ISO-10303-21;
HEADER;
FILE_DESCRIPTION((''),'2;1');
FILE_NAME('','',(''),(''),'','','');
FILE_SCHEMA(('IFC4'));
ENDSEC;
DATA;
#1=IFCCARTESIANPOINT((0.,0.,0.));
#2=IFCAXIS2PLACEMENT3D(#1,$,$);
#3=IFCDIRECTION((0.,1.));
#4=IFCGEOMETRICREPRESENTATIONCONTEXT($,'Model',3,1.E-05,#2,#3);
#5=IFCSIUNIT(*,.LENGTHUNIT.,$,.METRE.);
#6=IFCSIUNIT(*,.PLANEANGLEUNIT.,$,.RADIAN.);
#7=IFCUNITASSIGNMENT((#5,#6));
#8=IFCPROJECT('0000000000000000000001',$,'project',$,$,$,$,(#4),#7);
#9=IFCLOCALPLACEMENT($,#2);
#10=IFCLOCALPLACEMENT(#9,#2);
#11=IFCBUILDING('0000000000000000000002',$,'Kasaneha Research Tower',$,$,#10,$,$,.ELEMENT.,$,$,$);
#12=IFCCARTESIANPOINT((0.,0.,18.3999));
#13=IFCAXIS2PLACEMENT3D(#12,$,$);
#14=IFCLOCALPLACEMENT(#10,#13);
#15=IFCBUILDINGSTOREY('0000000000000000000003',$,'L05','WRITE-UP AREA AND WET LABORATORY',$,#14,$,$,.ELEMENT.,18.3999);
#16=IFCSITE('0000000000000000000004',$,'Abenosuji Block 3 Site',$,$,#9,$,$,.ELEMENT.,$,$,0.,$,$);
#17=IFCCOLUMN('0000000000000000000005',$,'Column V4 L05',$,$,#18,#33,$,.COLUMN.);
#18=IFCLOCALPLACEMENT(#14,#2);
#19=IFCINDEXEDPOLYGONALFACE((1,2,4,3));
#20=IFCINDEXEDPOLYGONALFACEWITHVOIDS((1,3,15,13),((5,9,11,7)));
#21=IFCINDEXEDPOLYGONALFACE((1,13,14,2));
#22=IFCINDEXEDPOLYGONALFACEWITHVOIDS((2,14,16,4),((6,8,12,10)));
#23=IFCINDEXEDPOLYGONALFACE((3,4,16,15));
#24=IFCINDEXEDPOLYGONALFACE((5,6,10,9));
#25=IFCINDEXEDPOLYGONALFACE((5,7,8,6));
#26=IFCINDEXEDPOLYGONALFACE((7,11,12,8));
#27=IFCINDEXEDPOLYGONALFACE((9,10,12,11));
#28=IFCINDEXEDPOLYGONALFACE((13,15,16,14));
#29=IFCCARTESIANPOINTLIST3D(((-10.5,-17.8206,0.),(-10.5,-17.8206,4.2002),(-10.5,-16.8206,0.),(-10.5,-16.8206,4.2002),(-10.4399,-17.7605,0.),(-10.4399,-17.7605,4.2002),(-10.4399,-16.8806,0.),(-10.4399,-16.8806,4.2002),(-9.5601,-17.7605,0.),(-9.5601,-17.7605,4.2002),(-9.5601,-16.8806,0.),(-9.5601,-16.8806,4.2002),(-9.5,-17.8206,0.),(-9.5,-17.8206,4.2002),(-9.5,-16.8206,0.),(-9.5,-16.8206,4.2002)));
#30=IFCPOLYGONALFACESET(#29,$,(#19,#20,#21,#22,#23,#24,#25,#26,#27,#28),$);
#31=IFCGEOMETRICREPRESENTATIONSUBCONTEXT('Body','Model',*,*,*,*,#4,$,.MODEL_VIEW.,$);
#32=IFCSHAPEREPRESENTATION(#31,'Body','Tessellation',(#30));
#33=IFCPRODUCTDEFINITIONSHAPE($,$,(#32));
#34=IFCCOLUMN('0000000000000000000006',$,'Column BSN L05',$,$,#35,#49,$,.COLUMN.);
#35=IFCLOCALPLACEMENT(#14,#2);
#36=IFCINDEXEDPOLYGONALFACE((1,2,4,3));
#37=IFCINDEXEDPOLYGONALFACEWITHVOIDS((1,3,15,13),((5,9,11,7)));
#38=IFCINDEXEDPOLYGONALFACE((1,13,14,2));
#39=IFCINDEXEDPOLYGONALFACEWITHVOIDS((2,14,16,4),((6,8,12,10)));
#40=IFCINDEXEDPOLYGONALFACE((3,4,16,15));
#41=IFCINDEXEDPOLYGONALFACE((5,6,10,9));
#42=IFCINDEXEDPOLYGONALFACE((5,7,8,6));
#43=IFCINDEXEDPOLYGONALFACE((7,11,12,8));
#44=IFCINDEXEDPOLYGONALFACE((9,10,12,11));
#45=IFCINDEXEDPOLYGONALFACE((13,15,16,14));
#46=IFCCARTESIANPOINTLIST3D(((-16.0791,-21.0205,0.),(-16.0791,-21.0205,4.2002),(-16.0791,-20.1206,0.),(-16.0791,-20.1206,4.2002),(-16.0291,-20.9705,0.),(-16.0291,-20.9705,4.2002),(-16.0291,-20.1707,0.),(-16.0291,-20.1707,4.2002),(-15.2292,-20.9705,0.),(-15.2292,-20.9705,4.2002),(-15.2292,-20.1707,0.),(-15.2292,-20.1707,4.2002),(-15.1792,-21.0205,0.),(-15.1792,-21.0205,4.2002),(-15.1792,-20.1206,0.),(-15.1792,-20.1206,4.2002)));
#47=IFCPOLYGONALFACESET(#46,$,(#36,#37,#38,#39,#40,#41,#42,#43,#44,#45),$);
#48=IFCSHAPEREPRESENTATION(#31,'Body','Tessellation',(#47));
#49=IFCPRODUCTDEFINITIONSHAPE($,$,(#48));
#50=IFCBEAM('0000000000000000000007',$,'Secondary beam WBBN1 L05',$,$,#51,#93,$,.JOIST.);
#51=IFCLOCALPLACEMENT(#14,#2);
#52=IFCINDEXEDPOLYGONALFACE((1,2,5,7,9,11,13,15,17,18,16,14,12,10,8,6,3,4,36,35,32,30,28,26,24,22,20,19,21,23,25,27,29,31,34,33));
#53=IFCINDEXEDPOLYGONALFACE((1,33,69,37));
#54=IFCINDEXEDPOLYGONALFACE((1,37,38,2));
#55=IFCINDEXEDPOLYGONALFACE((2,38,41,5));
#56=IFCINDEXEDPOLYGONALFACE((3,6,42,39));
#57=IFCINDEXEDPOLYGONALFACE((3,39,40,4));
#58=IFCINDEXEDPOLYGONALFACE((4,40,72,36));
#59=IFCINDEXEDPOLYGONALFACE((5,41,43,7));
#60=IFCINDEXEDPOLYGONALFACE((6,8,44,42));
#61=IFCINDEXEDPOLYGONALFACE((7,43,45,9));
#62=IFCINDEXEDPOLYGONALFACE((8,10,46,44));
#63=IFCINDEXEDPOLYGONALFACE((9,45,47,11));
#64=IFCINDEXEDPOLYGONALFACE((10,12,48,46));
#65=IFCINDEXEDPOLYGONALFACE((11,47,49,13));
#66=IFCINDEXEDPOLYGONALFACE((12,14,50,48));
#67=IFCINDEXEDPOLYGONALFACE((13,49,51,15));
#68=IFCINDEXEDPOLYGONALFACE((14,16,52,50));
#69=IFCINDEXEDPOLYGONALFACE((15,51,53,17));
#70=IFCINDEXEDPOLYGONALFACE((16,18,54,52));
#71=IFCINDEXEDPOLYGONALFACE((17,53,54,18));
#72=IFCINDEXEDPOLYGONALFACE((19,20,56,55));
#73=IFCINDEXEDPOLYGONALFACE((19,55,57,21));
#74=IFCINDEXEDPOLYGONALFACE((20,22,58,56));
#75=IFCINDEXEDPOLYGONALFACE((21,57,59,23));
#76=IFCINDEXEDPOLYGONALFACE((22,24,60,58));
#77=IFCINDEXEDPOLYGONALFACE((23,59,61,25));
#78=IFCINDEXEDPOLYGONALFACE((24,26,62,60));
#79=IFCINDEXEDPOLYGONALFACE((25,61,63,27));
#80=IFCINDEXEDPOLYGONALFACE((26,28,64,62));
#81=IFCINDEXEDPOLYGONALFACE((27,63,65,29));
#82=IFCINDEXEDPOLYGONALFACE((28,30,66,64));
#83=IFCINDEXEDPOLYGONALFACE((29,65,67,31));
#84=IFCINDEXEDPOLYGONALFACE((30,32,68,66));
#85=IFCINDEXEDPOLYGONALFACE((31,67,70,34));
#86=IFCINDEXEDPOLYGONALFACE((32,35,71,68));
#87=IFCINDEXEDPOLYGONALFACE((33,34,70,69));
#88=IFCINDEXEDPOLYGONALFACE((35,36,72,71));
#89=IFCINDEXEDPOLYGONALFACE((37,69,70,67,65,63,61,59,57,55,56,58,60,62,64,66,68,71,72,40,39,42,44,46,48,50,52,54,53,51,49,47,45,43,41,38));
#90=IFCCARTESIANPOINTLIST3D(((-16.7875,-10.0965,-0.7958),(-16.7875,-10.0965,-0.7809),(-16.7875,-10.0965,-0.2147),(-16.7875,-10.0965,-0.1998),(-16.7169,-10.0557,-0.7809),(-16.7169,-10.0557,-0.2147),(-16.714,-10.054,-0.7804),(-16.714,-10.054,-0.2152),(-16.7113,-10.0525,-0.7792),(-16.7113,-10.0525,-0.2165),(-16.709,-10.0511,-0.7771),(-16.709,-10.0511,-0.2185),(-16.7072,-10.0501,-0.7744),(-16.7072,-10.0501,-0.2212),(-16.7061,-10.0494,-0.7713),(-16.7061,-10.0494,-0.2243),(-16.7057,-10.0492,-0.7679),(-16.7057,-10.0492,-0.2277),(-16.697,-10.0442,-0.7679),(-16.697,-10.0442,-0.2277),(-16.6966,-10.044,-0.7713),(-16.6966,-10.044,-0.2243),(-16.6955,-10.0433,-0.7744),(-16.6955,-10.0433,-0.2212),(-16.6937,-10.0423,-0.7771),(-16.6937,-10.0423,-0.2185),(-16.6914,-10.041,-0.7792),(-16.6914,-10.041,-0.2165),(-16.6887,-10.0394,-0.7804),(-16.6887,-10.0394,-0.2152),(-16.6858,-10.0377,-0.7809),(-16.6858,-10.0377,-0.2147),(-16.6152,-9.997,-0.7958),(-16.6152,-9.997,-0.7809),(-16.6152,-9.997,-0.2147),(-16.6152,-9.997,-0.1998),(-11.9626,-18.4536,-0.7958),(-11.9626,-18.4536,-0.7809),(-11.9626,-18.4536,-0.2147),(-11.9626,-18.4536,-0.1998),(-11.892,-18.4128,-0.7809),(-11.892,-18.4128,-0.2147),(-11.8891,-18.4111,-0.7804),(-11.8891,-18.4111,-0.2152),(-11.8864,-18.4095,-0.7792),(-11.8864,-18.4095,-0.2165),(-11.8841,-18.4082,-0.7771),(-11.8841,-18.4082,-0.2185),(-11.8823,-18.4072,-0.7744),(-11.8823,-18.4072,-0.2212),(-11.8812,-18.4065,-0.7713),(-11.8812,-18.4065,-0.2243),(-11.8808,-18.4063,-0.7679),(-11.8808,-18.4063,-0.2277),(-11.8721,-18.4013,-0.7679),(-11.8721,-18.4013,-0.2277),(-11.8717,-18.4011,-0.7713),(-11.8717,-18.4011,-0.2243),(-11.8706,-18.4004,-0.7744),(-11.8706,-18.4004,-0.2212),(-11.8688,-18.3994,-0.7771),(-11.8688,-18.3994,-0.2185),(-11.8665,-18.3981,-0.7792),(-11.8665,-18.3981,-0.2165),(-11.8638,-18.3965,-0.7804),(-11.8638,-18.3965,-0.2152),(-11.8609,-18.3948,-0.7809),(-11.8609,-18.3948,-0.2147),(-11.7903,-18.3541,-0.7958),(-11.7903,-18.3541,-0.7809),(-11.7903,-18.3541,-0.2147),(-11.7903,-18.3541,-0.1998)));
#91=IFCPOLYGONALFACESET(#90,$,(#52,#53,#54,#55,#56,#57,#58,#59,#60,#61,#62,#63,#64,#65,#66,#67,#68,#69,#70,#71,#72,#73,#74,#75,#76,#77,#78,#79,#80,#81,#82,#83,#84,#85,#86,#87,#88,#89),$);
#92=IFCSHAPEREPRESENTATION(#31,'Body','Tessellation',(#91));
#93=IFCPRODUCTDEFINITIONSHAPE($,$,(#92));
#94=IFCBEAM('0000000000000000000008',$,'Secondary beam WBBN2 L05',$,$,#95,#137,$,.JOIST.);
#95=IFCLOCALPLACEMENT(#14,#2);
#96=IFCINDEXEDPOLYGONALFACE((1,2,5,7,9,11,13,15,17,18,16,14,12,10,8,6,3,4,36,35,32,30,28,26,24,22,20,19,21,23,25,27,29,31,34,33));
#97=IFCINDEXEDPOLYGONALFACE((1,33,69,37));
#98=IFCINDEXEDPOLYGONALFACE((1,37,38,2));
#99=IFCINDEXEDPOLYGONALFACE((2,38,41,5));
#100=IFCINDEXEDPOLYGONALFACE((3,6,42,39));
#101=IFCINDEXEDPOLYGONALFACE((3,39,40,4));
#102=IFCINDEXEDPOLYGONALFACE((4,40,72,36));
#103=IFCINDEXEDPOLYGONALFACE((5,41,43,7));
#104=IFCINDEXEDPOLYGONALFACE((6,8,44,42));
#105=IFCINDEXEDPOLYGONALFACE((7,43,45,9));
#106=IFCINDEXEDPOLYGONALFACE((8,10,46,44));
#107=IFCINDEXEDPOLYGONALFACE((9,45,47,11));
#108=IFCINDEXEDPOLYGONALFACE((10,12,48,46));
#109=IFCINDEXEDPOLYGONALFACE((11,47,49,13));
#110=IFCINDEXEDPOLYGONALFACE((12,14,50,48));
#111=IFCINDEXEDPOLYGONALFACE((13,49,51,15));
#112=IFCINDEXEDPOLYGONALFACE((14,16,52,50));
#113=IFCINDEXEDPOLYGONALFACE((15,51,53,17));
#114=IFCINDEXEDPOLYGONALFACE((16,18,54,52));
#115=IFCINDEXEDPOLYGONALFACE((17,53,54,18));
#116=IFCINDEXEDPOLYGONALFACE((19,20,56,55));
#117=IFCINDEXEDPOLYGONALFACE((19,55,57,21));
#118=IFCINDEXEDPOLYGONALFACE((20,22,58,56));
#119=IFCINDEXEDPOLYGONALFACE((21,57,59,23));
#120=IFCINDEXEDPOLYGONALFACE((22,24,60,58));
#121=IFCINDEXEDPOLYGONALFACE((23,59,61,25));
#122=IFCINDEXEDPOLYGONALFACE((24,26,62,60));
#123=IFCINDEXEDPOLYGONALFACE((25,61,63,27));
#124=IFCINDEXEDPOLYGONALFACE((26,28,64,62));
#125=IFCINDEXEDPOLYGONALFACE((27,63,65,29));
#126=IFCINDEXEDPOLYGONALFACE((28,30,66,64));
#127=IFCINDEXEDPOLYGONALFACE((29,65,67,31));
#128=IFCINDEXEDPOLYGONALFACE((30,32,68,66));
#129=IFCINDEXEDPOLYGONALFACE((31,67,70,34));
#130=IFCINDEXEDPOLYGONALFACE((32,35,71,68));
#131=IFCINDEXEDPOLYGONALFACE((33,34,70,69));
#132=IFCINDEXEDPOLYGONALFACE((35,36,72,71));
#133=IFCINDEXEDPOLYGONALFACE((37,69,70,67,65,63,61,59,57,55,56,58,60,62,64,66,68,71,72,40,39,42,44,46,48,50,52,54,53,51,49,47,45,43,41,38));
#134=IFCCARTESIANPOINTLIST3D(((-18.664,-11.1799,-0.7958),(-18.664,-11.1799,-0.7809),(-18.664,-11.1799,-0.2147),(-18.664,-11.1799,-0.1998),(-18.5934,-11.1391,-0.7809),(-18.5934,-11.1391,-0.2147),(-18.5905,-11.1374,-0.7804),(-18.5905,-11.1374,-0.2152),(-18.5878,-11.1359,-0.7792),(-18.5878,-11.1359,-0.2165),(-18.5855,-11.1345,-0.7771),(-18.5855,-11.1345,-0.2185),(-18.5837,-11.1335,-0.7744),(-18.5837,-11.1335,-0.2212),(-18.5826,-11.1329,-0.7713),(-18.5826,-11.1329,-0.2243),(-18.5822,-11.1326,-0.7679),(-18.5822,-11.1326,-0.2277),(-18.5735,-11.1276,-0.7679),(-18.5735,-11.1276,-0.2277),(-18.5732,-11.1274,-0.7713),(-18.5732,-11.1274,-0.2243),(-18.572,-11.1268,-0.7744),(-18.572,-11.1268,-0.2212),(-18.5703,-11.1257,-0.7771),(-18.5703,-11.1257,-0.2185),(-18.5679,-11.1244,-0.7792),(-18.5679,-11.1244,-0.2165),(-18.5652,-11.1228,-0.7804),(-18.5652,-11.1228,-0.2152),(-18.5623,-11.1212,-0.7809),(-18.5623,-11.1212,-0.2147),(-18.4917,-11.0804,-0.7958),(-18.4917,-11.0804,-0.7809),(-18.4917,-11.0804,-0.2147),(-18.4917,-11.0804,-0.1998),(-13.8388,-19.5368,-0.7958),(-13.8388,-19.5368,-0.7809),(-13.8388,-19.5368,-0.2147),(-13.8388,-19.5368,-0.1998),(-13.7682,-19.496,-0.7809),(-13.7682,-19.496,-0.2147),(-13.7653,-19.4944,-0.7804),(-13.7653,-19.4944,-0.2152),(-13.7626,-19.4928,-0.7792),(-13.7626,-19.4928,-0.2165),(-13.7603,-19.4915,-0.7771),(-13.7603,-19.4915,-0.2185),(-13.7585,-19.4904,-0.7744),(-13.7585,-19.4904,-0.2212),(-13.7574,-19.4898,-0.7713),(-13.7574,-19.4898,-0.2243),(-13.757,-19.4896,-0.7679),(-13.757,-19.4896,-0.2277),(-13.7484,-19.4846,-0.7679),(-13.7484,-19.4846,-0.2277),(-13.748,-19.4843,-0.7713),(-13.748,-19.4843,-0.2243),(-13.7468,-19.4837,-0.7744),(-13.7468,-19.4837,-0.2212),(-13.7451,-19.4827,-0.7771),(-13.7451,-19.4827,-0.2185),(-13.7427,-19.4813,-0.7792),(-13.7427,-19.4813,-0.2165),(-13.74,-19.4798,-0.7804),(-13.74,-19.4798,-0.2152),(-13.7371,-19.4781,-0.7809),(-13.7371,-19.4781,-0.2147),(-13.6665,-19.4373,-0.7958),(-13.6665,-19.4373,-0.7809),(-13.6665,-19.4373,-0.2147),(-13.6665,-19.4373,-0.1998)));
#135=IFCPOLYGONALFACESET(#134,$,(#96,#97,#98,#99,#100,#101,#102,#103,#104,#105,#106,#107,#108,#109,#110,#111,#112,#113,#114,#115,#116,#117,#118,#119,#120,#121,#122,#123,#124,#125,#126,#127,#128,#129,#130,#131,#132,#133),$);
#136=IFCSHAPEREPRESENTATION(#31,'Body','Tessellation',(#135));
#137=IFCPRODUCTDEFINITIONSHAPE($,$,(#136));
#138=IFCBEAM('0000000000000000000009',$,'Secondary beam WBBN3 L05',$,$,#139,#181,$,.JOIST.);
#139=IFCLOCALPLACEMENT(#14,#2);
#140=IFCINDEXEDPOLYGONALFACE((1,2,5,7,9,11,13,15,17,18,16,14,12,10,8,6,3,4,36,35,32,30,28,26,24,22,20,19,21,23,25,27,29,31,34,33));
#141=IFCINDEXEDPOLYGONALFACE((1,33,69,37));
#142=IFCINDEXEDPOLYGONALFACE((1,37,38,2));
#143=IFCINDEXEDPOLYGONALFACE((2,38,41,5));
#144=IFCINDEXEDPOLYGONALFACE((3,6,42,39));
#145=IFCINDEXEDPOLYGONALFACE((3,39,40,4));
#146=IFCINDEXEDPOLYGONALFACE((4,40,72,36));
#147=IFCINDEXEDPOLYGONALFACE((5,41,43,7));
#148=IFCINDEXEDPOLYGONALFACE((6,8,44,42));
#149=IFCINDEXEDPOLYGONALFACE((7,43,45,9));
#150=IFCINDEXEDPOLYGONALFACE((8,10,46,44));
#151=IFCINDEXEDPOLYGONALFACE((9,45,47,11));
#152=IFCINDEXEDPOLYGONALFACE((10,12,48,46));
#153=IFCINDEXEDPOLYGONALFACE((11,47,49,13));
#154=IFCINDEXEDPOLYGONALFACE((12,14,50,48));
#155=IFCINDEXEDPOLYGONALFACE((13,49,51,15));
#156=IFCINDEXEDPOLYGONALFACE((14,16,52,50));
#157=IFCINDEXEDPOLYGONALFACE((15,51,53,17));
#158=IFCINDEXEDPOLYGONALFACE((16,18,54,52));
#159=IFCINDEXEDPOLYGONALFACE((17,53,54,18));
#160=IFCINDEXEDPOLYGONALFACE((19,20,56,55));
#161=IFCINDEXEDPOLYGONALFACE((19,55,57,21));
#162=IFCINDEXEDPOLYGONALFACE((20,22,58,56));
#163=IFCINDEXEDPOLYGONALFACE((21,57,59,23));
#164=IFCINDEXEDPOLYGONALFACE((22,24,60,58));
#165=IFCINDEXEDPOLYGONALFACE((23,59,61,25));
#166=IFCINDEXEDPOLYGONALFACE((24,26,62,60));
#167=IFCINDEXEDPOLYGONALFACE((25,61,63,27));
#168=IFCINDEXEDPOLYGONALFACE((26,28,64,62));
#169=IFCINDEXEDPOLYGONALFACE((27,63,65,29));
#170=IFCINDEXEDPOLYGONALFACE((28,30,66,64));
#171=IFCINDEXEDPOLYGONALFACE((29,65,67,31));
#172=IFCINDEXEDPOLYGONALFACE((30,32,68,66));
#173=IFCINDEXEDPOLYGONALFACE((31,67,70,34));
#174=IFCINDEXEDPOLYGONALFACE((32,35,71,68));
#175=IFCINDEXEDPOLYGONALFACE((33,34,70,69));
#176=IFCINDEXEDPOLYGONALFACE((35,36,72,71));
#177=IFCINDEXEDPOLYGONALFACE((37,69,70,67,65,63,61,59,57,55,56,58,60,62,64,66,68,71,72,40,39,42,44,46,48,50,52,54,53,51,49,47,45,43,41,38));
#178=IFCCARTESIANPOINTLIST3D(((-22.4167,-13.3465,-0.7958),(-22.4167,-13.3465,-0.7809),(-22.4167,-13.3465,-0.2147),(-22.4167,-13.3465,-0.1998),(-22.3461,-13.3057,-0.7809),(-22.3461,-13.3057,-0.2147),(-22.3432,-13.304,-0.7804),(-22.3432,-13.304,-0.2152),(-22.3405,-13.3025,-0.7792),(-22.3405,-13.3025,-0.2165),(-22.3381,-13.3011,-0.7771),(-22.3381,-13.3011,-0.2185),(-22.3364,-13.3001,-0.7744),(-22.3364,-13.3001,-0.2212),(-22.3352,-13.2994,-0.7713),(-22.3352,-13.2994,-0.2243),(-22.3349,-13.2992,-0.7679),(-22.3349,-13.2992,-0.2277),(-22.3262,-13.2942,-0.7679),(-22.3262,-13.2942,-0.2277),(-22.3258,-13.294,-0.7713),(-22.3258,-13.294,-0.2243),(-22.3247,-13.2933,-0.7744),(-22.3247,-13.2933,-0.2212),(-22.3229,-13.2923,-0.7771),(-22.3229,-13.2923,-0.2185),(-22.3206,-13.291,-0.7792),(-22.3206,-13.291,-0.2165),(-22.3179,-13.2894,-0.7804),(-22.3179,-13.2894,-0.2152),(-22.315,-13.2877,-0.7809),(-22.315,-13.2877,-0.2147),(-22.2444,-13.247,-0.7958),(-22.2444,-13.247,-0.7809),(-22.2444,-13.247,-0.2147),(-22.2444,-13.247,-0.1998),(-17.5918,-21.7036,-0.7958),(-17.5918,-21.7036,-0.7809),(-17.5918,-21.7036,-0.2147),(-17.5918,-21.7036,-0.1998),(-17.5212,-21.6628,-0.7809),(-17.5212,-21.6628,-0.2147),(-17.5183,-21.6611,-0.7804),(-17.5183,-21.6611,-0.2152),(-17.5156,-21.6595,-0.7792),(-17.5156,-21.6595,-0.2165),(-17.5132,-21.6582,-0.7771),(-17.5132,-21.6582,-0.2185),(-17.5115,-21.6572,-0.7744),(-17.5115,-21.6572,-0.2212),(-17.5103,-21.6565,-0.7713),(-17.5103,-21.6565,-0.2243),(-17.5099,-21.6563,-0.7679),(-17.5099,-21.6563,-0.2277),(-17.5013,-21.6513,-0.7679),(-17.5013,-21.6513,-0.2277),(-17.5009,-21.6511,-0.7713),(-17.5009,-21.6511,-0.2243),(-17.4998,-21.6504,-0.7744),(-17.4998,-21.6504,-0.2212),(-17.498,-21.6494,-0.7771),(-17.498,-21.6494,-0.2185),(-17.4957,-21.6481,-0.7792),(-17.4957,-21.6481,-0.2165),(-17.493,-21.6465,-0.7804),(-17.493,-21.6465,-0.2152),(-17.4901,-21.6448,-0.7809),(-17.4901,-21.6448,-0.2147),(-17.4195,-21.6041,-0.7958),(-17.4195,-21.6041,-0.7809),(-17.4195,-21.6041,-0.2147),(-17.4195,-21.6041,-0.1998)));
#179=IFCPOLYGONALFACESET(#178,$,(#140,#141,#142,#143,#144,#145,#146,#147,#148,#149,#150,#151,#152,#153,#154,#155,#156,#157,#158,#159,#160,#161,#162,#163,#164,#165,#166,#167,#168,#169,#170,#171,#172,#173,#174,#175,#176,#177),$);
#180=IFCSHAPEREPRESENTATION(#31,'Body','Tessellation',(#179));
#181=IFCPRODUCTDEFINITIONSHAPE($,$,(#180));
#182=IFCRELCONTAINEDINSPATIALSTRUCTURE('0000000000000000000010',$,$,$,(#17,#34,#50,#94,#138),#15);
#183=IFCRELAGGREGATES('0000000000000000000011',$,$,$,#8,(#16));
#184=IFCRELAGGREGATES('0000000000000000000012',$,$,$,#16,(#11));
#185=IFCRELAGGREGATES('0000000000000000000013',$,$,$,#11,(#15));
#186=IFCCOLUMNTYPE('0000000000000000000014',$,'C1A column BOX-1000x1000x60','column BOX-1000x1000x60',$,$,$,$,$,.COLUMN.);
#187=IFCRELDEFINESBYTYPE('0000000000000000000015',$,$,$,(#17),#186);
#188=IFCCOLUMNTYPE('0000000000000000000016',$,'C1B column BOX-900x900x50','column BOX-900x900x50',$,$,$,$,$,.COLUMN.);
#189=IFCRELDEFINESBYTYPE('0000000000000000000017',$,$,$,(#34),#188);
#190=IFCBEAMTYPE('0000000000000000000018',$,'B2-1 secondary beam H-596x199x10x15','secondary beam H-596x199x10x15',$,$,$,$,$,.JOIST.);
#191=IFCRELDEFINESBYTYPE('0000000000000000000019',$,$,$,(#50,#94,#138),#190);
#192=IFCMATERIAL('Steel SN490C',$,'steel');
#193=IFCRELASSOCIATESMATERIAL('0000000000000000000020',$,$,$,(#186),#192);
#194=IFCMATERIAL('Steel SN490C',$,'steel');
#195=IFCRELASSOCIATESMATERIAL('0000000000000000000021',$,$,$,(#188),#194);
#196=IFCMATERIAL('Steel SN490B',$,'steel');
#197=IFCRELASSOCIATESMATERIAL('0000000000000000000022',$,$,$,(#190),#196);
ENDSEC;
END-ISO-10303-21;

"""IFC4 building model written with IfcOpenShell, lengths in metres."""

from ifc_helpers import new_model, si_unit, direction, frame, origin, origin_2d, place, context, subcontext, project, spatial, hollow_rectangle, i_section, extrude, material, material_profile, profile_set, type_object, element, save


model = new_model("IFC4")

# Units and contexts
model_context = context("Model", 3, precision=1e-05, world=origin(), true_north=direction((0.0, 1.0)))
body_context = subcontext(model_context, "Body", "Model", "MODEL_VIEW")
ifc_project = project(units=[si_unit("LENGTHUNIT", "METRE"), si_unit("PLANEANGLEUNIT", "RADIAN")], contexts=[model_context])

# Site, building, storey
site_placement = place(None, origin())
site = spatial("IfcSite", under=ifc_project, at=site_placement, Name="Abenosuji Block 3 Site", CompositionType="ELEMENT", RefElevation=0.0)
building_placement = place(site_placement, origin())
building = spatial("IfcBuilding", under=site, at=building_placement, Name="Kasaneha Research Tower", CompositionType="ELEMENT")
storey_placement = place(building_placement, frame((0.0, 0.0, 18.3999)))
storey = spatial("IfcBuildingStorey", under=building, at=storey_placement, Name="L05", Description="WRITE-UP AREA AND WET LABORATORY", CompositionType="ELEMENT", Elevation=18.3999)

# Columns
ifc_material_1 = material(Name="Steel SN490C", Category="steel")
ifc_material_profile_1 = material_profile(ifc_material_1, hollow_rectangle(XDim=1.0, YDim=1.0, WallThickness=0.0601, at=origin_2d()), Name="BOX-1000x1000x60")
ifc_profile_set_1 = profile_set([ifc_material_profile_1], Name="Steel SN490C")
column_type_1 = type_object("IfcColumnType", Name="C1A column BOX-1000x1000x60", Description="column BOX-1000x1000x60", PredefinedType="COLUMN", material=ifc_profile_set_1)
column_1_placement = place(storey_placement, frame((-10.0, -17.3206, 0.0), z_axis=(0.0, 0.0, 1.0), x_axis=(1.0, 0.0, 0.0)))
element("IfcColumn", 1, at=column_1_placement, inside=storey, type_object=column_type_1, Name="Column V4 L05", PredefinedType="COLUMN", context=body_context, shape_type="SweptSolid", body=[
    extrude(hollow_rectangle(XDim=1.0, YDim=1.0, WallThickness=0.0601, at=origin_2d()), origin(), (0.0, 0.0, 1.0), 4.2002),
])
ifc_material_2 = material(Name="Steel SN490C", Category="steel")
ifc_material_profile_2 = material_profile(ifc_material_2, hollow_rectangle(XDim=0.8999, YDim=0.8999, WallThickness=0.05, at=origin_2d()), Name="BOX-900x900x50")
ifc_profile_set_2 = profile_set([ifc_material_profile_2], Name="Steel SN490C")
column_type_2 = type_object("IfcColumnType", Name="C1B column BOX-900x900x50", Description="column BOX-900x900x50", PredefinedType="COLUMN", material=ifc_profile_set_2)
column_2_placement = place(storey_placement, frame((-15.6292, -20.5706, 0.0), z_axis=(0.0, 0.0, 1.0), x_axis=(1.0, 0.0, 0.0)))
element("IfcColumn", 2, at=column_2_placement, inside=storey, type_object=column_type_2, Name="Column BSN L05", PredefinedType="COLUMN", context=body_context, shape_type="SweptSolid", body=[
    extrude(hollow_rectangle(XDim=0.8999, YDim=0.8999, WallThickness=0.05, at=origin_2d()), origin(), (0.0, 0.0, 1.0), 4.2002),
])

# Beams
ifc_material_3 = material(Name="Steel SN490B", Category="steel")
ifc_material_profile_3 = material_profile(ifc_material_3, i_section(OverallWidth=0.199, OverallDepth=0.5959, WebThickness=0.01, FlangeThickness=0.0149, FilletRadius=0.0129, at=origin_2d()), Name="H-596x199x10x15")
ifc_profile_set_3 = profile_set([ifc_material_profile_3], Name="Steel SN490B")
beam_type_1 = type_object("IfcBeamType", Name="B2-1 secondary beam H-596x199x10x15", Description="secondary beam H-596x199x10x15", PredefinedType="JOIST", material=ifc_profile_set_3)
for number, where, z_axis, x_axis, name in (
    (3, (-11.8765, -18.4038, -0.4978), (-0.499995, 0.866028, 0.0), (-0.866028, -0.499995, 0.0), "Secondary beam WBBN1 L05"),
    (4, (-13.7527, -19.4871, -0.4978), (-0.500025, 0.866011, 0.0), (-0.866011, -0.500025, 0.0), "Secondary beam WBBN2 L05"),
    (5, (-17.5056, -21.6538, -0.4978), (-0.499995, 0.866028, 0.0), (-0.866028, -0.499995, 0.0), "Secondary beam WBBN3 L05"),
):
    element("IfcBeam", number, at=place(storey_placement, frame(where, z_axis=z_axis, x_axis=x_axis)), inside=storey, type_object=beam_type_1, Name=name, PredefinedType="JOIST", context=body_context, shape_type="SweptSolid", body=[
        extrude(i_section(OverallWidth=0.199, OverallDepth=0.5959, WebThickness=0.01, FlangeThickness=0.0149, FilletRadius=0.0129, at=origin_2d()), origin(), (0.0, 0.0, 1.0), 9.6499),
    ])

save(model, "model.ifc")
